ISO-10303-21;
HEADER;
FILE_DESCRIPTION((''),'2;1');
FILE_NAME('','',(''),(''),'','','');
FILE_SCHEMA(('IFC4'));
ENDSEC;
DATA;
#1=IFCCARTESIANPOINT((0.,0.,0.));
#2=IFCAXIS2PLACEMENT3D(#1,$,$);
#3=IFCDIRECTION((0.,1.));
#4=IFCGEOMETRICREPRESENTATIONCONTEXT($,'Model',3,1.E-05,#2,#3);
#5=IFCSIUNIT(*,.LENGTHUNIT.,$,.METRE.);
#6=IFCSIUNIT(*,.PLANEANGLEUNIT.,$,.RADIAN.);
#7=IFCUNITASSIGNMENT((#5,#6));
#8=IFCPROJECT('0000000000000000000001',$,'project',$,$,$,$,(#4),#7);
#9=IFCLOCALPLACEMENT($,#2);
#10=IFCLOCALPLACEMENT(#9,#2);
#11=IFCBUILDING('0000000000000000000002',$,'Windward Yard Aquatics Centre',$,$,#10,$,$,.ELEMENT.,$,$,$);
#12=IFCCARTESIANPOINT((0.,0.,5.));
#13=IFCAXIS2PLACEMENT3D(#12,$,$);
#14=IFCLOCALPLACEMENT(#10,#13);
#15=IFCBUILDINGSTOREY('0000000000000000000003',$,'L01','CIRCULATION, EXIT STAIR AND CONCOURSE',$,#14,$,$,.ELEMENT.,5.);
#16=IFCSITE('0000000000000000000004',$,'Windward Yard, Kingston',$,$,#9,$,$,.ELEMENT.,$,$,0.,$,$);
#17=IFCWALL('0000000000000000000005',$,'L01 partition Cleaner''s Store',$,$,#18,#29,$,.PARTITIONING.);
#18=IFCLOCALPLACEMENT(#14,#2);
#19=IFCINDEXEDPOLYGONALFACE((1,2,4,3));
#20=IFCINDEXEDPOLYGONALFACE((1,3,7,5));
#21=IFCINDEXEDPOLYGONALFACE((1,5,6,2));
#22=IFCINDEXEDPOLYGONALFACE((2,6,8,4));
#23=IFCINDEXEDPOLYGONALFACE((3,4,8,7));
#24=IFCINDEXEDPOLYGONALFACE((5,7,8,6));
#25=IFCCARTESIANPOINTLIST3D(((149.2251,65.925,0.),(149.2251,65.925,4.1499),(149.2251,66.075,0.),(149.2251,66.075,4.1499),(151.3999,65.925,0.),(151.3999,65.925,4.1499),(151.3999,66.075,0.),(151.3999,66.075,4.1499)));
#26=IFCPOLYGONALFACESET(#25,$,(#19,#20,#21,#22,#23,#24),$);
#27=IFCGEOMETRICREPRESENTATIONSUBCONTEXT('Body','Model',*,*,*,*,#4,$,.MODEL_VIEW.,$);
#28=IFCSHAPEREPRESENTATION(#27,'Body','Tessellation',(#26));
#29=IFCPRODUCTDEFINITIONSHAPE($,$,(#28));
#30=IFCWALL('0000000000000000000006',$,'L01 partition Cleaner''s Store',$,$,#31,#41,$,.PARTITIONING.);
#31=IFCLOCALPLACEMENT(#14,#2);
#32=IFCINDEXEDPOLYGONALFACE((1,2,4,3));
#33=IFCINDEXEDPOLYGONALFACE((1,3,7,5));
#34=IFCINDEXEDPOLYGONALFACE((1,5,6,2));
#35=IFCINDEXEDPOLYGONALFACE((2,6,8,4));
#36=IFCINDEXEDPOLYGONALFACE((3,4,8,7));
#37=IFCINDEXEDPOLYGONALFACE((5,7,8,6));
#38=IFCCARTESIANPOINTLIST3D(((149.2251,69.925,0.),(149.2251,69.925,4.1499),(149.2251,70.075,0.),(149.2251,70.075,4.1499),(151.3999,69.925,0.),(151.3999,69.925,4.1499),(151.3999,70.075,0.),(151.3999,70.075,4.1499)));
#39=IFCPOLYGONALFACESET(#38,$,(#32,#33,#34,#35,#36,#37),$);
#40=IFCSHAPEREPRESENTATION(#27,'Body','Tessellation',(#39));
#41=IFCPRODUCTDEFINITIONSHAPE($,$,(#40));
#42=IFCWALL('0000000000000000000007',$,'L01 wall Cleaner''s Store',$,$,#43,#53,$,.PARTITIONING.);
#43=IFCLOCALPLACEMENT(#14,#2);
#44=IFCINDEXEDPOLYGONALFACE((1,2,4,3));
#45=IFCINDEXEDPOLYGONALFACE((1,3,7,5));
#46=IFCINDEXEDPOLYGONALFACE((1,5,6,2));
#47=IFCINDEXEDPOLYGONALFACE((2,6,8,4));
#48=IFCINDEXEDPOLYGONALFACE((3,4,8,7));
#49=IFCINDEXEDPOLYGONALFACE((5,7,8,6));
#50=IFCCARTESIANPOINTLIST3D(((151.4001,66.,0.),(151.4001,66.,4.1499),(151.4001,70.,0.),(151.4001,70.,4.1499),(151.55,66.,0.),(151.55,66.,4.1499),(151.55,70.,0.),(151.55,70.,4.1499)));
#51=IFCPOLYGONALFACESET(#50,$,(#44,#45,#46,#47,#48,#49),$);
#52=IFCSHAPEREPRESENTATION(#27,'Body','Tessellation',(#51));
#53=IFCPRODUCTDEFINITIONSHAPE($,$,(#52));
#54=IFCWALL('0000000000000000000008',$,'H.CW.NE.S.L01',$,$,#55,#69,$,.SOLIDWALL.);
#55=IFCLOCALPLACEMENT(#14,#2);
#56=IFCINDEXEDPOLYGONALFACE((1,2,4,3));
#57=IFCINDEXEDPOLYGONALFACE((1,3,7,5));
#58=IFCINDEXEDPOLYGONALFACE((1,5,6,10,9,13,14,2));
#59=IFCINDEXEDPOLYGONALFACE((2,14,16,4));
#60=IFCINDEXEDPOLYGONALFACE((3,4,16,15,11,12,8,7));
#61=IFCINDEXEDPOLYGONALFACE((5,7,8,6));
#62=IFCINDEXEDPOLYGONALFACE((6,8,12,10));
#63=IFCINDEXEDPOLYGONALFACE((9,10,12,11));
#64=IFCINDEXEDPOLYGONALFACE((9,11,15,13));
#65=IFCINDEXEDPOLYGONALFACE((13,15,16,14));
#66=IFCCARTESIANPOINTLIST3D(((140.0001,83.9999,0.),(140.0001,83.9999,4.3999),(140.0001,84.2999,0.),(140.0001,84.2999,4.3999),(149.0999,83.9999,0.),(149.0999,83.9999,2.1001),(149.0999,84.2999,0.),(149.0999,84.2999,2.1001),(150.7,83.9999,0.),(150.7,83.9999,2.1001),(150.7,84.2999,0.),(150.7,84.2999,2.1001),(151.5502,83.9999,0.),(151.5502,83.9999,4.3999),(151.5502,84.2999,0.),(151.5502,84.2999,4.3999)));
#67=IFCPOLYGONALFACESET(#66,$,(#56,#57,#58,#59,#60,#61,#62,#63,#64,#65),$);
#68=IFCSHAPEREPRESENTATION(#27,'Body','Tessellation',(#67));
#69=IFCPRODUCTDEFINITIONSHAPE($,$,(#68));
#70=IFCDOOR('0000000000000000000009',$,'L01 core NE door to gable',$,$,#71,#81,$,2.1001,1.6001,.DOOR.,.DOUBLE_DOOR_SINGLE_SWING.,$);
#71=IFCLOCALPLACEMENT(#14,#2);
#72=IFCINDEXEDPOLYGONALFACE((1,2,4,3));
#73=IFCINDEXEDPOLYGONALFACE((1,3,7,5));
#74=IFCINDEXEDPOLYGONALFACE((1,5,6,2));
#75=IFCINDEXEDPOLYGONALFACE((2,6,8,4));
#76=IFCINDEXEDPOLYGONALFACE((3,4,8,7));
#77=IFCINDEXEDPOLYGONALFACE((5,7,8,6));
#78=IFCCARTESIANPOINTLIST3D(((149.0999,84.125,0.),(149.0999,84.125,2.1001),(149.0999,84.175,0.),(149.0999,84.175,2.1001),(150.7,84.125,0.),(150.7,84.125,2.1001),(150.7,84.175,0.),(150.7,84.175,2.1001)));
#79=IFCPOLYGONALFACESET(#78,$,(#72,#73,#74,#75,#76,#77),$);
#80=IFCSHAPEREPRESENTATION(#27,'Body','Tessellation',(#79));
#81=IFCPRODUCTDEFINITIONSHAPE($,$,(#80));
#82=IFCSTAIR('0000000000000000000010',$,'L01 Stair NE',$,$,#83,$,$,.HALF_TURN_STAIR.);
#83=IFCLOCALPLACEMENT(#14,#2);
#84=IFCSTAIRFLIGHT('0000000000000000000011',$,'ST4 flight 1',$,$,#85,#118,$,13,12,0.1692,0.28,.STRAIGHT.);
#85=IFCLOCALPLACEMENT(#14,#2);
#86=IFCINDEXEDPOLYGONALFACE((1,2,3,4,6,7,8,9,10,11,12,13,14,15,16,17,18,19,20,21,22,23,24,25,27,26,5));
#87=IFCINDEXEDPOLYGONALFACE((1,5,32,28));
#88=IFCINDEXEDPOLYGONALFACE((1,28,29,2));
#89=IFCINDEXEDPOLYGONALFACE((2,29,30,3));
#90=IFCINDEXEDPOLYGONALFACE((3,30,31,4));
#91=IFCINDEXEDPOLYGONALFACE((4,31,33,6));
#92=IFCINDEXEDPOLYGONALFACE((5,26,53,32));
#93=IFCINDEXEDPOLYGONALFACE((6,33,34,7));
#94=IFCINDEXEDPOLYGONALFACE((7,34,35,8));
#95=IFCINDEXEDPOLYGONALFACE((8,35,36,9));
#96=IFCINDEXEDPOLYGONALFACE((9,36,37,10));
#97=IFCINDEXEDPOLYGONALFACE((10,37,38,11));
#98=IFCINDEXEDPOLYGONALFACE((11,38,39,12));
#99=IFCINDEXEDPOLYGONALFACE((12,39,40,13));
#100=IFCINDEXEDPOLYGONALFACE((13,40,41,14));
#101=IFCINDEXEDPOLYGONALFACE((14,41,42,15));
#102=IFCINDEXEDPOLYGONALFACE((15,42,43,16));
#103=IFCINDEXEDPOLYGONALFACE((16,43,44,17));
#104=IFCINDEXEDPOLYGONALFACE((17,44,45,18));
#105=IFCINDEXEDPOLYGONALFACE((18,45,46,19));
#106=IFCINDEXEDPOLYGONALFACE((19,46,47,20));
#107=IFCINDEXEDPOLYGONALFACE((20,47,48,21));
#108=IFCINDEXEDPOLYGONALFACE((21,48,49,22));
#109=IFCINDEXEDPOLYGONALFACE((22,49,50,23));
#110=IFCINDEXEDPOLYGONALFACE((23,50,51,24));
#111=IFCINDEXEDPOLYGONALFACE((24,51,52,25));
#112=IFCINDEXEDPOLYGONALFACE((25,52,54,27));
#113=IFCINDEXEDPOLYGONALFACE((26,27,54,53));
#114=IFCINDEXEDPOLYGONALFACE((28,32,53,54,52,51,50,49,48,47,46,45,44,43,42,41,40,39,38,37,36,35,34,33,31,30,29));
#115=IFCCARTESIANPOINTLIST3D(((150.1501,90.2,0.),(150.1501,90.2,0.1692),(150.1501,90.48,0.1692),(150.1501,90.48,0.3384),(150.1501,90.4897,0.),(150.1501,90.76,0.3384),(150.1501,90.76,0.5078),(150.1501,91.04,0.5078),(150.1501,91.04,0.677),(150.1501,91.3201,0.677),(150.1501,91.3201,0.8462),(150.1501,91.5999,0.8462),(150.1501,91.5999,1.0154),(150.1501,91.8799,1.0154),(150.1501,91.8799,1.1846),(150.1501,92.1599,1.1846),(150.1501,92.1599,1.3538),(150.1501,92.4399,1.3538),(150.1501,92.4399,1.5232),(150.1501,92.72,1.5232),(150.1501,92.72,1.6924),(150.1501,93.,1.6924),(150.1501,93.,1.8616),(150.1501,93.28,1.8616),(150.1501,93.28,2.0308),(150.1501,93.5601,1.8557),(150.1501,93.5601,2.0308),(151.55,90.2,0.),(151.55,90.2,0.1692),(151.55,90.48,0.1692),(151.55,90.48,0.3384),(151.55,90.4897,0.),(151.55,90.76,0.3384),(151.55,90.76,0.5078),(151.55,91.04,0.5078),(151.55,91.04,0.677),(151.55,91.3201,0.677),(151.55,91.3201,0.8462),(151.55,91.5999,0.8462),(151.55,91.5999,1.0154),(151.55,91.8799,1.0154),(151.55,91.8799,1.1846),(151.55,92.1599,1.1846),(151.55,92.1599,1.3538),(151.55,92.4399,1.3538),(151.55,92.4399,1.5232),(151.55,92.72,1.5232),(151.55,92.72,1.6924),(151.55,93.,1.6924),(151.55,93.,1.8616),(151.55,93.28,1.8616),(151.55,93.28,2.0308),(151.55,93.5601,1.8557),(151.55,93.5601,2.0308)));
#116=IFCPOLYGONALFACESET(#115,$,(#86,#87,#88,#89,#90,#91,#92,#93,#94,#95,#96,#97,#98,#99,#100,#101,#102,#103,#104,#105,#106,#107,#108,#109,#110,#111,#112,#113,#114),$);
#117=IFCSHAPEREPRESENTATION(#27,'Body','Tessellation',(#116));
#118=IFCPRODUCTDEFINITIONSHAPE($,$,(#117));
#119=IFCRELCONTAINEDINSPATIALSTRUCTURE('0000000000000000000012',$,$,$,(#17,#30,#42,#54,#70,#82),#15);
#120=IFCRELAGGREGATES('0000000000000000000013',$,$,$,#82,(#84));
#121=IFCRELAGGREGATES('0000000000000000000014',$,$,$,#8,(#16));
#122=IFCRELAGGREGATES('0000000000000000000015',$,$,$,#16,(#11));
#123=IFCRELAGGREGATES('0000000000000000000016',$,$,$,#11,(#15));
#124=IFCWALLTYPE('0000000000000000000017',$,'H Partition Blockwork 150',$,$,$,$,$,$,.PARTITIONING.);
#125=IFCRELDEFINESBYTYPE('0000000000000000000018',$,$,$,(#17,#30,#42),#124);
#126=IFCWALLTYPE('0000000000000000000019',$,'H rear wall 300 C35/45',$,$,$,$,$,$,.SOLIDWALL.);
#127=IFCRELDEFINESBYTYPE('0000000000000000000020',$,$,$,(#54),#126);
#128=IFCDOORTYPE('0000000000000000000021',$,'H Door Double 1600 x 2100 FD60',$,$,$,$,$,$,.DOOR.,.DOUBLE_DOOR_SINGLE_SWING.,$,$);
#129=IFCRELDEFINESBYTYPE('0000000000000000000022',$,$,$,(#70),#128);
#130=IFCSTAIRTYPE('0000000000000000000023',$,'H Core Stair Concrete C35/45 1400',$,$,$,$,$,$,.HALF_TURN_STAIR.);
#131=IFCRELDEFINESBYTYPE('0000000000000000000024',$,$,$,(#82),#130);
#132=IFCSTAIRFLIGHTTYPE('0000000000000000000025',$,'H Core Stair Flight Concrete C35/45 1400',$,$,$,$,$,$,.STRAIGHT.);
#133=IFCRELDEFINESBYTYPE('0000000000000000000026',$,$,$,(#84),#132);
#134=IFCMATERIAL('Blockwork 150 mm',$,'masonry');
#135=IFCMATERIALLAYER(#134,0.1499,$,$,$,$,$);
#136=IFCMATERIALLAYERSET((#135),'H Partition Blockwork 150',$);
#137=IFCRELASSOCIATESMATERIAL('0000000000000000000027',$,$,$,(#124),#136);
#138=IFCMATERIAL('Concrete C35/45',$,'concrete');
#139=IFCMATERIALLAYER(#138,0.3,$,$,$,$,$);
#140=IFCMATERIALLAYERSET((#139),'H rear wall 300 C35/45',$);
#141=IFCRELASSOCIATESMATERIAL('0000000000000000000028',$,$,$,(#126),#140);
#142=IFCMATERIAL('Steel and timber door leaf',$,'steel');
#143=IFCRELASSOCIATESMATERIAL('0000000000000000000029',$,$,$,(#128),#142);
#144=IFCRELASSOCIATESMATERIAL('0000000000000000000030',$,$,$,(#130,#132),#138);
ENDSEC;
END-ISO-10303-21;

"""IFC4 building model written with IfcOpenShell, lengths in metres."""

from ifc_helpers import new_model, si_unit, direction, frame, frame_2d, origin, place, context, subcontext, project, spatial, polyline, rectangle, outline, extrude, material, layer, layer_set, type_object, element, fill, aggregate, save


model = new_model("IFC4")

# Units and contexts
model_context = context("Model", 3, precision=1e-05, world=origin(), true_north=direction((0.0, 1.0)))
body_context = subcontext(model_context, "Body", "Model", "MODEL_VIEW")
ifc_project = project(units=[si_unit("LENGTHUNIT", "METRE"), si_unit("PLANEANGLEUNIT", "RADIAN")], contexts=[model_context])

# Site, building, storey
site_placement = place(None, origin())
site = spatial("IfcSite", under=ifc_project, at=site_placement, Name="Windward Yard, Kingston", CompositionType="ELEMENT", RefElevation=0.0)
building_placement = place(site_placement, origin())
building = spatial("IfcBuilding", under=site, at=building_placement, Name="Windward Yard Aquatics Centre", CompositionType="ELEMENT")
storey_placement = place(building_placement, frame((0.0, 0.0, 5.0)))
storey = spatial("IfcBuildingStorey", under=building, at=storey_placement, Name="L01", Description="CIRCULATION, EXIT STAIR AND CONCOURSE", CompositionType="ELEMENT", Elevation=5.0)

# Shared definitions
ifc_material_1 = material(Name="Concrete C35/45", Category="concrete")
ifc_material_2 = material(Name="Steel and timber door leaf", Category="steel")
ifc_material_3 = material(Name="Blockwork 150 mm", Category="masonry")
ifc_layer_1 = layer(ifc_material_3, 0.1499)
ifc_layer_set_1 = layer_set([ifc_layer_1], Name="H Partition Blockwork 150")
wall_type_1 = type_object("IfcWallType", Name="H Partition Blockwork 150", PredefinedType="PARTITIONING", material=ifc_layer_set_1)

# Walls
for number, where, z_axis, x_axis, name in (
    (1, (151.3999, 66.0, 0.0), (0.0, 0.0, 1.0), (-1.0, 0.0, 0.0), "L01 partition Cleaner's Store"),
    (2, (151.3999, 70.0, 0.0), (0.0, 0.0, 1.0), (-1.0, 0.0, 0.0), "L01 partition Cleaner's Store"),
):
    element("IfcWall", number, at=place(storey_placement, frame(where, z_axis=z_axis, x_axis=x_axis)), inside=storey, type_object=wall_type_1, Name=name, PredefinedType="PARTITIONING", context=body_context, shape_type="SweptSolid", body=[
        extrude(rectangle(XDim=2.1748, YDim=0.1499, at=frame_2d((1.0874, 0.0))), origin(), (0.0, 0.0, 1.0), 4.1499),
    ])
wall_1_placement = place(storey_placement, frame((151.4751, 66.0, 0.0), z_axis=(0.0, 0.0, 1.0), x_axis=(0.0, 1.0, 0.0)))
element("IfcWall", 3, at=wall_1_placement, inside=storey, type_object=wall_type_1, Name="L01 wall Cleaner's Store", PredefinedType="PARTITIONING", context=body_context, shape_type="SweptSolid", body=[
    extrude(rectangle(XDim=4.0, YDim=0.1499, at=frame_2d((2.0, 0.0))), origin(), (0.0, 0.0, 1.0), 4.1499),
])

# Wall, opening, door
ifc_layer_2 = layer(ifc_material_1, 0.3)
ifc_layer_set_2 = layer_set([ifc_layer_2], Name="H rear wall 300 C35/45")
wall_type_2 = type_object("IfcWallType", Name="H rear wall 300 C35/45", PredefinedType="SOLIDWALL", material=ifc_layer_set_2)
wall_2_placement = place(storey_placement, frame((151.55, 84.1499, 0.0), z_axis=(0.0, 0.0, 1.0), x_axis=(-1.0, 0.0, 0.0)))
wall_2 = element("IfcWall", 4, at=wall_2_placement, inside=storey, type_object=wall_type_2, Name="H.CW.NE.S.L01", PredefinedType="SOLIDWALL", context=body_context, shape_type="SweptSolid", body=[
    extrude(rectangle(XDim=11.55, YDim=0.3, at=frame_2d((5.7749, 0.0))), origin(), (0.0, 0.0, 1.0), 4.3999),
])
opening_1_placement = place(wall_2_placement, frame((0.8501, 0.0, 0.0)))
opening_1 = element("IfcOpeningElement", 5, at=opening_1_placement, cuts=wall_2, PredefinedType="OPENING", context=body_context, shape_type="SweptSolid", body=[
    extrude(rectangle(XDim=1.6001, YDim=2.1001, at=frame_2d((0.8, 1.05))), frame((0.0, 0.1602, 0.0), z_axis=(0.0, -1.0, 0.0), x_axis=(1.0, 0.0, 0.0)), (0.0, 0.0, 1.0), 0.3201),
])
door_type_1 = type_object("IfcDoorType", Name="H Door Double 1600 x 2100 FD60", OperationType="DOUBLE_DOOR_SINGLE_SWING", PredefinedType="DOOR", material=ifc_material_2)
door_1_placement = place(opening_1_placement, origin())
door_1 = element("IfcDoor", 6, at=door_1_placement, inside=storey, type_object=door_type_1, Name="L01 core NE door to gable", OperationType="DOUBLE_DOOR_SINGLE_SWING", OverallHeight=2.1001, OverallWidth=1.6001, PredefinedType="DOOR", context=body_context, shape_type="SweptSolid", body=[
    extrude(rectangle(XDim=1.6001, YDim=2.1001, at=frame_2d((0.8, 1.05))), frame((0.0, 0.0249, 0.0), z_axis=(0.0, -1.0, 0.0), x_axis=(1.0, 0.0, 0.0)), (0.0, 0.0, 1.0), 0.05),
])
fill(opening_1, door_1)

# Stair, stair flight
stair_type = type_object("IfcStairType", Name="H Core Stair Concrete C35/45 1400", PredefinedType="HALF_TURN_STAIR", material=ifc_material_1)
stair_placement = place(storey_placement, origin())
stair = element("IfcStair", 7, at=stair_placement, inside=storey, type_object=stair_type, Name="L01 Stair NE", PredefinedType="HALF_TURN_STAIR")
stair_flight_type = type_object("IfcStairFlightType", Name="H Core Stair Flight Concrete C35/45 1400", PredefinedType="STRAIGHT", material=ifc_material_1)
stair_flight_placement = place(storey_placement, frame((150.8501, 90.2, 0.0), z_axis=(0.0, 0.0, 1.0), x_axis=(0.0, 1.0, 0.0)))
stair_flight = element("IfcStairFlight", 8, at=stair_flight_placement, type_object=stair_flight_type, Name="ST4 flight 1", NumberOfRisers=13, NumberOfTreads=12, PredefinedType="STRAIGHT", RiserHeight=0.1692, TreadLength=0.28, context=body_context, shape_type="SweptSolid", body=[
    extrude(outline(polyline([(0.0, 0.0), (0.0, 0.1692), (0.28, 0.1692), (0.28, 0.3384), (0.5601, 0.3384), (0.5601, 0.5078), (0.8401, 0.5078), (0.8401, 0.677), (1.1201, 0.677), (1.1201, 0.8462), (1.3999, 0.8462), (1.3999, 1.0154), (1.6799, 1.0154), (1.6799, 1.1846), (1.96, 1.1846), (1.96, 1.3538), (2.24, 1.3538), (2.24, 1.5232), (2.52, 1.5232), (2.52, 1.6924), (2.8, 1.6924), (2.8, 1.8616), (3.0801, 1.8616), (3.0801, 2.0308), (3.3601, 2.0308), (3.3601, 2.2), (3.3601, 1.8557), (0.2898, 0.0), (0.0, 0.0)])), frame((0.0, 0.7, 0.0), z_axis=(0.0, -1.0, 0.0), x_axis=(1.0, 0.0, 0.0)), (0.0, 0.0, 1.0), 1.3999),
])
aggregate(stair, [stair_flight])

save(model, "model.ifc")
